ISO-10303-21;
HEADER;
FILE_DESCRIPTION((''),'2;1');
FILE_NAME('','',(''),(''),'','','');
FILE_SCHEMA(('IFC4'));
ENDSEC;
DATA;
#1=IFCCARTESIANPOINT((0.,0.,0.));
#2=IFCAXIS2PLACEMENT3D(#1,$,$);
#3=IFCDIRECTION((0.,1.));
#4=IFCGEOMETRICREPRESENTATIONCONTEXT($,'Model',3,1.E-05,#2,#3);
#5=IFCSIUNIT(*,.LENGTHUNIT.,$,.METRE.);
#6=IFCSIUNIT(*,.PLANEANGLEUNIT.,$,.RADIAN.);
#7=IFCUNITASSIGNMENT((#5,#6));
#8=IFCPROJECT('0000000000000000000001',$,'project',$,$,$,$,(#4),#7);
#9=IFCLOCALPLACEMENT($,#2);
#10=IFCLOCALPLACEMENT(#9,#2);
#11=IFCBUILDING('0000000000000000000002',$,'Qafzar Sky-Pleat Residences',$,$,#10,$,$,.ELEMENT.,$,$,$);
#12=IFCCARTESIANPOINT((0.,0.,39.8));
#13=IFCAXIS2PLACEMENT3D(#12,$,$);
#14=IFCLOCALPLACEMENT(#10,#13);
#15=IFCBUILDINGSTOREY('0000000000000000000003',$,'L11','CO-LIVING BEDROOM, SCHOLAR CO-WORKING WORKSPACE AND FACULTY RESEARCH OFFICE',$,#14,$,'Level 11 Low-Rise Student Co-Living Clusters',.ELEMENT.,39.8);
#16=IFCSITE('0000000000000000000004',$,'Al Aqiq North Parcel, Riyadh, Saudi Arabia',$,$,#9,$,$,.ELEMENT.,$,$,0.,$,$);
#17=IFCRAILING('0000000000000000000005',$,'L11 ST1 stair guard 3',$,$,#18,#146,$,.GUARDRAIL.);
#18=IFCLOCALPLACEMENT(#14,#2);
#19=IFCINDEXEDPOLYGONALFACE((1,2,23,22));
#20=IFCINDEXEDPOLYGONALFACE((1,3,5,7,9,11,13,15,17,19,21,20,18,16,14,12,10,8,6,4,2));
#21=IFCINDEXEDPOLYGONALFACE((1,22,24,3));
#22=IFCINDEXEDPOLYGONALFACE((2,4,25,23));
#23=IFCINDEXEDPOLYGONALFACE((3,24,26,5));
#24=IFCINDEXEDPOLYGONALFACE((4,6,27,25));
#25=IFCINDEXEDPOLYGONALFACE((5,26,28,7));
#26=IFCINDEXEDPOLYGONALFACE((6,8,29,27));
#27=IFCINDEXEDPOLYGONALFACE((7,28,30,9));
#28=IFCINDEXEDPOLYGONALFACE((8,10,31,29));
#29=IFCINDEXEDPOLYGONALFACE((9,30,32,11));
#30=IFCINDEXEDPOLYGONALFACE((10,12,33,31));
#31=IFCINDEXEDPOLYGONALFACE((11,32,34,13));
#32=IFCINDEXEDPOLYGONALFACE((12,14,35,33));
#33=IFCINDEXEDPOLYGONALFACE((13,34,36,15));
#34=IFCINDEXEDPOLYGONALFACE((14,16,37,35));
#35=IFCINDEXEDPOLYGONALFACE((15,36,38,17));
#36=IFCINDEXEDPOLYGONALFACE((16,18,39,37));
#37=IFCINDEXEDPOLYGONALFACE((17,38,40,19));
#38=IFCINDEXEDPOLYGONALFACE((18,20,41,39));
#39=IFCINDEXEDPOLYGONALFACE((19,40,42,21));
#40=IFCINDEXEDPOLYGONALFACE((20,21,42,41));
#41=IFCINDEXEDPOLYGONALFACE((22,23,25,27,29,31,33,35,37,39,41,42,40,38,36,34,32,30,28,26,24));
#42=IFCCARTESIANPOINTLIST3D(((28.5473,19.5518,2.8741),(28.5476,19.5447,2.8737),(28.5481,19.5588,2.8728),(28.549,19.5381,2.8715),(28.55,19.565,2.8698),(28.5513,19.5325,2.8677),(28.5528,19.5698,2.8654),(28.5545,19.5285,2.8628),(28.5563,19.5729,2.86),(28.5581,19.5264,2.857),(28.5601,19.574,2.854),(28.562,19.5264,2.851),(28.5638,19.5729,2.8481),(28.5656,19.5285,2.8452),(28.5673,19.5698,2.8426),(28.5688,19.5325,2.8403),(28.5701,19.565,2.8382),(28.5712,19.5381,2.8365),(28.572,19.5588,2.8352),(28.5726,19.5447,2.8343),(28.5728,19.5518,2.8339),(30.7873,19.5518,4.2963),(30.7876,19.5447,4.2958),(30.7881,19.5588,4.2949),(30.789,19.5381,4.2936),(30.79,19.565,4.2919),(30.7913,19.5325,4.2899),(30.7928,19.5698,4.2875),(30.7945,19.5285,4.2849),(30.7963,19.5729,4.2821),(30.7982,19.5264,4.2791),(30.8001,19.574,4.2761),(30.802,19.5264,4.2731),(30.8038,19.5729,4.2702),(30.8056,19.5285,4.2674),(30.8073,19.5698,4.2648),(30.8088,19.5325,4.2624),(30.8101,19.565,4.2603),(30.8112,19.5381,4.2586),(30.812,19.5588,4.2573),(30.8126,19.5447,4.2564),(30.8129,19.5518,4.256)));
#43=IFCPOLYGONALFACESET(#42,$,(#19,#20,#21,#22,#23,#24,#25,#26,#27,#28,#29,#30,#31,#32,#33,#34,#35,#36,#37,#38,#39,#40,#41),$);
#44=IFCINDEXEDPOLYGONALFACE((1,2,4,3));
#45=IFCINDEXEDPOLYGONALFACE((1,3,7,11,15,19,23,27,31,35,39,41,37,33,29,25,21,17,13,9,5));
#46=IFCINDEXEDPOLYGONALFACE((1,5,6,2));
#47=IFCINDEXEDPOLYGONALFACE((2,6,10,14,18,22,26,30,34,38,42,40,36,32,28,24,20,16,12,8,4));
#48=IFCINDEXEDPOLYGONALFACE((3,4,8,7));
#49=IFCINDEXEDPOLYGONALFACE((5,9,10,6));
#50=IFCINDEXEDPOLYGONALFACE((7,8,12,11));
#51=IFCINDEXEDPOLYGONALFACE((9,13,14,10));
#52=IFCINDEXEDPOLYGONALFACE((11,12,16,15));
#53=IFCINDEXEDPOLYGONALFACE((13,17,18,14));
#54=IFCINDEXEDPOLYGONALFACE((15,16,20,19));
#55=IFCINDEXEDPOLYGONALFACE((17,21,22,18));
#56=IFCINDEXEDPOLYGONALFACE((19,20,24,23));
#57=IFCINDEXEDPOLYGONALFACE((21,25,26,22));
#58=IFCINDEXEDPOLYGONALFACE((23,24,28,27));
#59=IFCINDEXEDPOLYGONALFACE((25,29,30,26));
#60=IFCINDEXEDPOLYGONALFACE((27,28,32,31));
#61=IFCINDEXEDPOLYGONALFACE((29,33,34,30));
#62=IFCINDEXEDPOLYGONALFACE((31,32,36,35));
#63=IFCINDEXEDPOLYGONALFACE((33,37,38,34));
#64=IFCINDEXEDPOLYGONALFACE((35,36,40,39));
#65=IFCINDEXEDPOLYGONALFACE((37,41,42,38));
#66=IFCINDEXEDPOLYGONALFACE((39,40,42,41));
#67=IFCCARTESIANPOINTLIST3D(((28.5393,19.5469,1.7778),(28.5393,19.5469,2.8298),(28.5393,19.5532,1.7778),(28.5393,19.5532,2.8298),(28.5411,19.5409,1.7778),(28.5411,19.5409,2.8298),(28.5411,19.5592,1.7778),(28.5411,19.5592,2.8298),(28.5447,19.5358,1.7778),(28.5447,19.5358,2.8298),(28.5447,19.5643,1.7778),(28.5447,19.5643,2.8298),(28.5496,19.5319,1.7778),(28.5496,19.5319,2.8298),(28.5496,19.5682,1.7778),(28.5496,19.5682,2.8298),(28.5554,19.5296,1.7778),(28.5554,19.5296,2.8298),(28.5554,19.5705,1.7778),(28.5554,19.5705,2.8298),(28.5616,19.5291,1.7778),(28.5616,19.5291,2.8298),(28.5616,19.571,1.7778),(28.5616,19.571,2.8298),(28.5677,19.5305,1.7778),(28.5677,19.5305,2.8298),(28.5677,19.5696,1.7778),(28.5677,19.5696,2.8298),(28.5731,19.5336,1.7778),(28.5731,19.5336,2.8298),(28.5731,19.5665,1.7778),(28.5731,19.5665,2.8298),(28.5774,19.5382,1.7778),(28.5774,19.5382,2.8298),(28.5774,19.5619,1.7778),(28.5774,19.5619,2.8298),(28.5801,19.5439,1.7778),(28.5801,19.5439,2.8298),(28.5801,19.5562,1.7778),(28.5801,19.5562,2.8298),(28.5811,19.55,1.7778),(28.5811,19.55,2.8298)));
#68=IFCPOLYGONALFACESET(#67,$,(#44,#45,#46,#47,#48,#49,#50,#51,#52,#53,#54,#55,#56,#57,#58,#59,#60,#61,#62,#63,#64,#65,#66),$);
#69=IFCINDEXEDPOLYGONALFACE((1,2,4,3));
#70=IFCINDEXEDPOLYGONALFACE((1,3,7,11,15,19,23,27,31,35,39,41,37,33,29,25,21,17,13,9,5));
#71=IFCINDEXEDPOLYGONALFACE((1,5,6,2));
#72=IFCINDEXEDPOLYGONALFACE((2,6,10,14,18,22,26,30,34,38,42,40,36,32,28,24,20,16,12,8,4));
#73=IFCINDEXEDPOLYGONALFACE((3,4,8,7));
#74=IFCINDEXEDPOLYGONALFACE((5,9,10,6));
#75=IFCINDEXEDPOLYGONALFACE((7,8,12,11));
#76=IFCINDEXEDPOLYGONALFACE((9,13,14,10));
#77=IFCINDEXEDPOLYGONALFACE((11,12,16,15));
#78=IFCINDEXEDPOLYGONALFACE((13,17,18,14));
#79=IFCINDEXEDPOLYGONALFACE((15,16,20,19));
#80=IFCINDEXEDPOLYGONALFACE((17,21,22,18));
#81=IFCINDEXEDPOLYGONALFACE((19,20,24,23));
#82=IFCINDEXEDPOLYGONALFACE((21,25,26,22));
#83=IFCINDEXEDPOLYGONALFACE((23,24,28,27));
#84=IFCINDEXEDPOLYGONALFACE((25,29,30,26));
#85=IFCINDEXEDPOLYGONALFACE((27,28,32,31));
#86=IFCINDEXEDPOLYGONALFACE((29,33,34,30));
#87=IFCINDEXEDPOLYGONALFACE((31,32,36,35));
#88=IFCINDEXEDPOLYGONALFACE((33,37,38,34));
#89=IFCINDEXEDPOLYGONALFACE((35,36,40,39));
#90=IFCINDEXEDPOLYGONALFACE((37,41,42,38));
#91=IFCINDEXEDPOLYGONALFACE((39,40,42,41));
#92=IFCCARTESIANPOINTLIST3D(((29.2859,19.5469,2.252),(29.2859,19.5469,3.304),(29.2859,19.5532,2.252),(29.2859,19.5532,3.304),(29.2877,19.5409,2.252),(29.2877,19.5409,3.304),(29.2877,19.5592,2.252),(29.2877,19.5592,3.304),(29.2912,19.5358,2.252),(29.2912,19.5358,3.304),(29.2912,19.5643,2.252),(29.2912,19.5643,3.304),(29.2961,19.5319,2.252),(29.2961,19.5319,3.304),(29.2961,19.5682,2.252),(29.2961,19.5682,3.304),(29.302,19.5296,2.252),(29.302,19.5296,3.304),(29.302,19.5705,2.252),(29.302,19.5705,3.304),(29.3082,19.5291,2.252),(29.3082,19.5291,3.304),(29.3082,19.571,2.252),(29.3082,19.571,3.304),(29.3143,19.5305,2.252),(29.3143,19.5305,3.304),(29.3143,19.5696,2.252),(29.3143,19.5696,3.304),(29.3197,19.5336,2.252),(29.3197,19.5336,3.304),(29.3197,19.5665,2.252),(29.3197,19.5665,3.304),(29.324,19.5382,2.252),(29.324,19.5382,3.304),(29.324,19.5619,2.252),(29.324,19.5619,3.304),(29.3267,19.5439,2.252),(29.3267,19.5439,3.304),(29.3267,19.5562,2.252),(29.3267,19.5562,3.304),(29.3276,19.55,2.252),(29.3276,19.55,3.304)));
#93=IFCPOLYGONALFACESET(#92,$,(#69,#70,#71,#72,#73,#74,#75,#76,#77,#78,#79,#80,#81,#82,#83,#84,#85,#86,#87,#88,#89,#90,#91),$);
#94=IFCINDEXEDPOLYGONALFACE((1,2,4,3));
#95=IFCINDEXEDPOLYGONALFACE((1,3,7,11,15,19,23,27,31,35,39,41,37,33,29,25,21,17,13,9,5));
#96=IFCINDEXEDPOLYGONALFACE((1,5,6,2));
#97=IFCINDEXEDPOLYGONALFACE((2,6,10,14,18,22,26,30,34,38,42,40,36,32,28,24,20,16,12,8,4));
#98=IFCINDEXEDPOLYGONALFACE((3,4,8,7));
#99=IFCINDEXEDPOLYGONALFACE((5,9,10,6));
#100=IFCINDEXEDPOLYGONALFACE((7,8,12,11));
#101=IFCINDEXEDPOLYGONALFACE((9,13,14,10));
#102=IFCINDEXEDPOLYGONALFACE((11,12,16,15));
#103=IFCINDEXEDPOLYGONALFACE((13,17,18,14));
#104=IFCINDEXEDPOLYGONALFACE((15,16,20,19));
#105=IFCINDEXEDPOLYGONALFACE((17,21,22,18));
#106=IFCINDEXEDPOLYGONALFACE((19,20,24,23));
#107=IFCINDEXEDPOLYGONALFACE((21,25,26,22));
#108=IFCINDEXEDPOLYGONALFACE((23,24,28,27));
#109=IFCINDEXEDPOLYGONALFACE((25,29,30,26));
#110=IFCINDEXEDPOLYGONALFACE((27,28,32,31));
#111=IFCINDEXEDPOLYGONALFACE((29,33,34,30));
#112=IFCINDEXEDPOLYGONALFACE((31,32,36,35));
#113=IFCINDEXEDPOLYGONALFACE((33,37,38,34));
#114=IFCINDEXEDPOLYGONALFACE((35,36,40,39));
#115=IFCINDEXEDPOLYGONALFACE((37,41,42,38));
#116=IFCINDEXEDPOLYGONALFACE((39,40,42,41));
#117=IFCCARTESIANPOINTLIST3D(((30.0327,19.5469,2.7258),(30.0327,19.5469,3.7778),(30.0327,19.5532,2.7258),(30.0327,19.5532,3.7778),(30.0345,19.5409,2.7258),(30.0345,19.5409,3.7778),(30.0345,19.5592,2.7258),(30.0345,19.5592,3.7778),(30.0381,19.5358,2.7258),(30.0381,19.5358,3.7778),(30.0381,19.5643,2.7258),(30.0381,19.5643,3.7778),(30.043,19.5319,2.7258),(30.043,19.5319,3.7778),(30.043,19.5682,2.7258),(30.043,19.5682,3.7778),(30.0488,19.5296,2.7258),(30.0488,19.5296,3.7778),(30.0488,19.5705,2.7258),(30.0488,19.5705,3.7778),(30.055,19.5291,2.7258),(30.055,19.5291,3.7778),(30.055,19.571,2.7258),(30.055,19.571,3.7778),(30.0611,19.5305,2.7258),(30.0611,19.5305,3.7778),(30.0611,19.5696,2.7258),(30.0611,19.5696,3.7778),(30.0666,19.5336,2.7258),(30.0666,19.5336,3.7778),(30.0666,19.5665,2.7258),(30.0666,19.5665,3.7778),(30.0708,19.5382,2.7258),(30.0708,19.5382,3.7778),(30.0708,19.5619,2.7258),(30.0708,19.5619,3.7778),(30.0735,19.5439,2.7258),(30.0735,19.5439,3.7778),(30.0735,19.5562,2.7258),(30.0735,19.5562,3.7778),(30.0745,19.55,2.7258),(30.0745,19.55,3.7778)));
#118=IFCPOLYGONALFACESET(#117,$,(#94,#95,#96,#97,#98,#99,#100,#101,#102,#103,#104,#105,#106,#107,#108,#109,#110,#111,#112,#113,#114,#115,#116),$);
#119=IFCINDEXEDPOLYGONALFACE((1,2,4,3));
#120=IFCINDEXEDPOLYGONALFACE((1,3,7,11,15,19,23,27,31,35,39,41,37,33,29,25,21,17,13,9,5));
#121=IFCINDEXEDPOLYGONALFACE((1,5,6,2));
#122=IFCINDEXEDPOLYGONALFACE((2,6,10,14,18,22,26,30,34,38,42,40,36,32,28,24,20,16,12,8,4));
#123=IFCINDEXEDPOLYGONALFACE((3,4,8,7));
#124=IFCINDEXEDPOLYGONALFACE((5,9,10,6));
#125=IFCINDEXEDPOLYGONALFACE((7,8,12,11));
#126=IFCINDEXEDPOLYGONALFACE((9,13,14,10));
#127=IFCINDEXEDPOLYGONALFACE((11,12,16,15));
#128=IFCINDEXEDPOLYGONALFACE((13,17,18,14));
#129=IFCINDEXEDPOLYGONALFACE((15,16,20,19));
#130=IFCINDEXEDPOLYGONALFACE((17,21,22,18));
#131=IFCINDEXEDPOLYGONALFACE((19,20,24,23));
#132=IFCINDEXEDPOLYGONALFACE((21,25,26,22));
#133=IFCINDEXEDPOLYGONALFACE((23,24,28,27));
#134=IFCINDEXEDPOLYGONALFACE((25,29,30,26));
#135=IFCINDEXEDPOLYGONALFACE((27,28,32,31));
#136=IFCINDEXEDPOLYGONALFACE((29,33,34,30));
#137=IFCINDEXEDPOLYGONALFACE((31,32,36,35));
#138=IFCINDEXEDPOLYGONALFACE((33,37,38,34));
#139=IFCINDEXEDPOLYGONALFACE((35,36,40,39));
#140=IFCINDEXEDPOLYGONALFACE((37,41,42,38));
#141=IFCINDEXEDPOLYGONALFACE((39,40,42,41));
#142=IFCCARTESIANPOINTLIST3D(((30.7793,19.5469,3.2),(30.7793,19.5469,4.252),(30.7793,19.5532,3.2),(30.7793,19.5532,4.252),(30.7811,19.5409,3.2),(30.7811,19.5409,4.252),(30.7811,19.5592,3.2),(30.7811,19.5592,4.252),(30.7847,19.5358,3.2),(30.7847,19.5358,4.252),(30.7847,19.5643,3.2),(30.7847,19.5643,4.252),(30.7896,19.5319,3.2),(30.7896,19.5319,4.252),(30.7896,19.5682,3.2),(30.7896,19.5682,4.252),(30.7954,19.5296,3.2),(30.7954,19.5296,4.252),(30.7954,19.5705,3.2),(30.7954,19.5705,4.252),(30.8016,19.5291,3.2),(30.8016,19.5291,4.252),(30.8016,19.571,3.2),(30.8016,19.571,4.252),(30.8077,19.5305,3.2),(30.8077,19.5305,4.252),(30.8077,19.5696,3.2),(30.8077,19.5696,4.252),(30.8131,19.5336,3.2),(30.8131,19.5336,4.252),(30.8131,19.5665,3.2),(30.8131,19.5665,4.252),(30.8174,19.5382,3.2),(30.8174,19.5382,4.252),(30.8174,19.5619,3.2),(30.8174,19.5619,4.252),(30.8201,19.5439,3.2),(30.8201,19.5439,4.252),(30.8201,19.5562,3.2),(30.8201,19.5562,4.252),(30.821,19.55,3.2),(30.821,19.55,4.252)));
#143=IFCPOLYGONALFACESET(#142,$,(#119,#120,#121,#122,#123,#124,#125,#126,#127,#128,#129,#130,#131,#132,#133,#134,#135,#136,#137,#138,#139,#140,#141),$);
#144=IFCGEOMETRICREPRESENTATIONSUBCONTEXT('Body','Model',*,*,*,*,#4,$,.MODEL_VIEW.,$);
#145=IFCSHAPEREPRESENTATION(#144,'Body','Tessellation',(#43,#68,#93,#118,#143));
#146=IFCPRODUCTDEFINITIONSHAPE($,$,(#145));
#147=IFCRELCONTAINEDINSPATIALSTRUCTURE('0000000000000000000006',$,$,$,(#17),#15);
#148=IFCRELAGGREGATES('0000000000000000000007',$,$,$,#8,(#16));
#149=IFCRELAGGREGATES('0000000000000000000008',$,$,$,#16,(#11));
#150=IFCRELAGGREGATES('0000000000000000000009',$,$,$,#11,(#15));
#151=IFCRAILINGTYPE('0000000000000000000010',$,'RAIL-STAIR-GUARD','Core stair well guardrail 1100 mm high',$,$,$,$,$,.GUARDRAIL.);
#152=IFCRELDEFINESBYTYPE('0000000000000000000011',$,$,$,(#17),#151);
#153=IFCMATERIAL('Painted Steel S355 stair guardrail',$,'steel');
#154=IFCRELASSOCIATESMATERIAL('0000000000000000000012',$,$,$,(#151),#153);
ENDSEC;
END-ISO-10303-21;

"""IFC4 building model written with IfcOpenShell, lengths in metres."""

from ifc_helpers import new_model, si_unit, direction, frame, origin, origin_2d, place, context, subcontext, project, spatial, circle, extrude, source, transform, mapped, material, type_object, element, save


model = new_model("IFC4")

# Units and contexts
model_context = context("Model", 3, precision=1e-05, world=origin(), true_north=direction((0.0, 1.0)))
body_context = subcontext(model_context, "Body", "Model", "MODEL_VIEW")
ifc_project = project(units=[si_unit("LENGTHUNIT", "METRE"), si_unit("PLANEANGLEUNIT", "RADIAN")], contexts=[model_context])

# Site, building, storey
site_placement = place(None, origin())
site = spatial("IfcSite", under=ifc_project, at=site_placement, Name="Al Aqiq North Parcel, Riyadh, Saudi Arabia", CompositionType="ELEMENT", RefElevation=0.0)
building_placement = place(site_placement, origin())
building = spatial("IfcBuilding", under=site, at=building_placement, Name="Qafzar Sky-Pleat Residences", CompositionType="ELEMENT")
storey_placement = place(building_placement, frame((0.0, 0.0, 39.8)))
storey = spatial("IfcBuildingStorey", under=building, at=storey_placement, Name="L11", Description="CO-LIVING BEDROOM, SCHOLAR CO-WORKING WORKSPACE AND FACULTY RESEARCH OFFICE", LongName="Level 11 Low-Rise Student Co-Living Clusters", CompositionType="ELEMENT", Elevation=39.8)

# Railing
ifc_material_1 = material(Name="Painted Steel S355 stair guardrail", Category="steel")
railing_type_1 = type_object("IfcRailingType", Name="RAIL-STAIR-GUARD", Description="Core stair well guardrail 1100 mm high", PredefinedType="GUARDRAIL", material=ifc_material_1)
shared_shape_1 = source(origin(), body_context, "Body", "SweptSolid", [
    extrude(circle(Radius=0.0239, at=origin_2d()), frame((0.0, 0.0, 1.0762), z_axis=(0.844229, 0.0, 0.535982), x_axis=(0.0, 1.0, 0.0)), (0.0, 0.0, 1.0), 2.6533),
    extrude(circle(Radius=0.021, at=origin_2d()), origin(), (0.0, 0.0, 1.0), 1.052),
    extrude(circle(Radius=0.021, at=origin_2d()), frame((0.7466, 0.0, 0.4741)), (0.0, 0.0, 1.0), 1.052),
    extrude(circle(Radius=0.021, at=origin_2d()), frame((1.4934, 0.0, 0.948)), (0.0, 0.0, 1.0), 1.052),
    extrude(circle(Radius=0.021, at=origin_2d()), frame((2.24, 0.0, 1.4221)), (0.0, 0.0, 1.0), 1.052),
])
railing_1_placement = place(storey_placement, frame((28.5601, 19.55, 1.7778)))
element("IfcRailing", 1, at=railing_1_placement, inside=storey, type_object=railing_type_1, Name="L11 ST1 stair guard 3", PredefinedType="GUARDRAIL", context=body_context, shape_type="MappedRepresentation", body=[
    mapped(shared_shape_1, transform((0.0, 0.0, 0.0), x_axis=(1.0, 0.0, 0.0), y_axis=(0.0, 1.0, 0.0), z_axis=(0.0, 0.0, 1.0), scale=1.0)),
])

save(model, "model.ifc")
